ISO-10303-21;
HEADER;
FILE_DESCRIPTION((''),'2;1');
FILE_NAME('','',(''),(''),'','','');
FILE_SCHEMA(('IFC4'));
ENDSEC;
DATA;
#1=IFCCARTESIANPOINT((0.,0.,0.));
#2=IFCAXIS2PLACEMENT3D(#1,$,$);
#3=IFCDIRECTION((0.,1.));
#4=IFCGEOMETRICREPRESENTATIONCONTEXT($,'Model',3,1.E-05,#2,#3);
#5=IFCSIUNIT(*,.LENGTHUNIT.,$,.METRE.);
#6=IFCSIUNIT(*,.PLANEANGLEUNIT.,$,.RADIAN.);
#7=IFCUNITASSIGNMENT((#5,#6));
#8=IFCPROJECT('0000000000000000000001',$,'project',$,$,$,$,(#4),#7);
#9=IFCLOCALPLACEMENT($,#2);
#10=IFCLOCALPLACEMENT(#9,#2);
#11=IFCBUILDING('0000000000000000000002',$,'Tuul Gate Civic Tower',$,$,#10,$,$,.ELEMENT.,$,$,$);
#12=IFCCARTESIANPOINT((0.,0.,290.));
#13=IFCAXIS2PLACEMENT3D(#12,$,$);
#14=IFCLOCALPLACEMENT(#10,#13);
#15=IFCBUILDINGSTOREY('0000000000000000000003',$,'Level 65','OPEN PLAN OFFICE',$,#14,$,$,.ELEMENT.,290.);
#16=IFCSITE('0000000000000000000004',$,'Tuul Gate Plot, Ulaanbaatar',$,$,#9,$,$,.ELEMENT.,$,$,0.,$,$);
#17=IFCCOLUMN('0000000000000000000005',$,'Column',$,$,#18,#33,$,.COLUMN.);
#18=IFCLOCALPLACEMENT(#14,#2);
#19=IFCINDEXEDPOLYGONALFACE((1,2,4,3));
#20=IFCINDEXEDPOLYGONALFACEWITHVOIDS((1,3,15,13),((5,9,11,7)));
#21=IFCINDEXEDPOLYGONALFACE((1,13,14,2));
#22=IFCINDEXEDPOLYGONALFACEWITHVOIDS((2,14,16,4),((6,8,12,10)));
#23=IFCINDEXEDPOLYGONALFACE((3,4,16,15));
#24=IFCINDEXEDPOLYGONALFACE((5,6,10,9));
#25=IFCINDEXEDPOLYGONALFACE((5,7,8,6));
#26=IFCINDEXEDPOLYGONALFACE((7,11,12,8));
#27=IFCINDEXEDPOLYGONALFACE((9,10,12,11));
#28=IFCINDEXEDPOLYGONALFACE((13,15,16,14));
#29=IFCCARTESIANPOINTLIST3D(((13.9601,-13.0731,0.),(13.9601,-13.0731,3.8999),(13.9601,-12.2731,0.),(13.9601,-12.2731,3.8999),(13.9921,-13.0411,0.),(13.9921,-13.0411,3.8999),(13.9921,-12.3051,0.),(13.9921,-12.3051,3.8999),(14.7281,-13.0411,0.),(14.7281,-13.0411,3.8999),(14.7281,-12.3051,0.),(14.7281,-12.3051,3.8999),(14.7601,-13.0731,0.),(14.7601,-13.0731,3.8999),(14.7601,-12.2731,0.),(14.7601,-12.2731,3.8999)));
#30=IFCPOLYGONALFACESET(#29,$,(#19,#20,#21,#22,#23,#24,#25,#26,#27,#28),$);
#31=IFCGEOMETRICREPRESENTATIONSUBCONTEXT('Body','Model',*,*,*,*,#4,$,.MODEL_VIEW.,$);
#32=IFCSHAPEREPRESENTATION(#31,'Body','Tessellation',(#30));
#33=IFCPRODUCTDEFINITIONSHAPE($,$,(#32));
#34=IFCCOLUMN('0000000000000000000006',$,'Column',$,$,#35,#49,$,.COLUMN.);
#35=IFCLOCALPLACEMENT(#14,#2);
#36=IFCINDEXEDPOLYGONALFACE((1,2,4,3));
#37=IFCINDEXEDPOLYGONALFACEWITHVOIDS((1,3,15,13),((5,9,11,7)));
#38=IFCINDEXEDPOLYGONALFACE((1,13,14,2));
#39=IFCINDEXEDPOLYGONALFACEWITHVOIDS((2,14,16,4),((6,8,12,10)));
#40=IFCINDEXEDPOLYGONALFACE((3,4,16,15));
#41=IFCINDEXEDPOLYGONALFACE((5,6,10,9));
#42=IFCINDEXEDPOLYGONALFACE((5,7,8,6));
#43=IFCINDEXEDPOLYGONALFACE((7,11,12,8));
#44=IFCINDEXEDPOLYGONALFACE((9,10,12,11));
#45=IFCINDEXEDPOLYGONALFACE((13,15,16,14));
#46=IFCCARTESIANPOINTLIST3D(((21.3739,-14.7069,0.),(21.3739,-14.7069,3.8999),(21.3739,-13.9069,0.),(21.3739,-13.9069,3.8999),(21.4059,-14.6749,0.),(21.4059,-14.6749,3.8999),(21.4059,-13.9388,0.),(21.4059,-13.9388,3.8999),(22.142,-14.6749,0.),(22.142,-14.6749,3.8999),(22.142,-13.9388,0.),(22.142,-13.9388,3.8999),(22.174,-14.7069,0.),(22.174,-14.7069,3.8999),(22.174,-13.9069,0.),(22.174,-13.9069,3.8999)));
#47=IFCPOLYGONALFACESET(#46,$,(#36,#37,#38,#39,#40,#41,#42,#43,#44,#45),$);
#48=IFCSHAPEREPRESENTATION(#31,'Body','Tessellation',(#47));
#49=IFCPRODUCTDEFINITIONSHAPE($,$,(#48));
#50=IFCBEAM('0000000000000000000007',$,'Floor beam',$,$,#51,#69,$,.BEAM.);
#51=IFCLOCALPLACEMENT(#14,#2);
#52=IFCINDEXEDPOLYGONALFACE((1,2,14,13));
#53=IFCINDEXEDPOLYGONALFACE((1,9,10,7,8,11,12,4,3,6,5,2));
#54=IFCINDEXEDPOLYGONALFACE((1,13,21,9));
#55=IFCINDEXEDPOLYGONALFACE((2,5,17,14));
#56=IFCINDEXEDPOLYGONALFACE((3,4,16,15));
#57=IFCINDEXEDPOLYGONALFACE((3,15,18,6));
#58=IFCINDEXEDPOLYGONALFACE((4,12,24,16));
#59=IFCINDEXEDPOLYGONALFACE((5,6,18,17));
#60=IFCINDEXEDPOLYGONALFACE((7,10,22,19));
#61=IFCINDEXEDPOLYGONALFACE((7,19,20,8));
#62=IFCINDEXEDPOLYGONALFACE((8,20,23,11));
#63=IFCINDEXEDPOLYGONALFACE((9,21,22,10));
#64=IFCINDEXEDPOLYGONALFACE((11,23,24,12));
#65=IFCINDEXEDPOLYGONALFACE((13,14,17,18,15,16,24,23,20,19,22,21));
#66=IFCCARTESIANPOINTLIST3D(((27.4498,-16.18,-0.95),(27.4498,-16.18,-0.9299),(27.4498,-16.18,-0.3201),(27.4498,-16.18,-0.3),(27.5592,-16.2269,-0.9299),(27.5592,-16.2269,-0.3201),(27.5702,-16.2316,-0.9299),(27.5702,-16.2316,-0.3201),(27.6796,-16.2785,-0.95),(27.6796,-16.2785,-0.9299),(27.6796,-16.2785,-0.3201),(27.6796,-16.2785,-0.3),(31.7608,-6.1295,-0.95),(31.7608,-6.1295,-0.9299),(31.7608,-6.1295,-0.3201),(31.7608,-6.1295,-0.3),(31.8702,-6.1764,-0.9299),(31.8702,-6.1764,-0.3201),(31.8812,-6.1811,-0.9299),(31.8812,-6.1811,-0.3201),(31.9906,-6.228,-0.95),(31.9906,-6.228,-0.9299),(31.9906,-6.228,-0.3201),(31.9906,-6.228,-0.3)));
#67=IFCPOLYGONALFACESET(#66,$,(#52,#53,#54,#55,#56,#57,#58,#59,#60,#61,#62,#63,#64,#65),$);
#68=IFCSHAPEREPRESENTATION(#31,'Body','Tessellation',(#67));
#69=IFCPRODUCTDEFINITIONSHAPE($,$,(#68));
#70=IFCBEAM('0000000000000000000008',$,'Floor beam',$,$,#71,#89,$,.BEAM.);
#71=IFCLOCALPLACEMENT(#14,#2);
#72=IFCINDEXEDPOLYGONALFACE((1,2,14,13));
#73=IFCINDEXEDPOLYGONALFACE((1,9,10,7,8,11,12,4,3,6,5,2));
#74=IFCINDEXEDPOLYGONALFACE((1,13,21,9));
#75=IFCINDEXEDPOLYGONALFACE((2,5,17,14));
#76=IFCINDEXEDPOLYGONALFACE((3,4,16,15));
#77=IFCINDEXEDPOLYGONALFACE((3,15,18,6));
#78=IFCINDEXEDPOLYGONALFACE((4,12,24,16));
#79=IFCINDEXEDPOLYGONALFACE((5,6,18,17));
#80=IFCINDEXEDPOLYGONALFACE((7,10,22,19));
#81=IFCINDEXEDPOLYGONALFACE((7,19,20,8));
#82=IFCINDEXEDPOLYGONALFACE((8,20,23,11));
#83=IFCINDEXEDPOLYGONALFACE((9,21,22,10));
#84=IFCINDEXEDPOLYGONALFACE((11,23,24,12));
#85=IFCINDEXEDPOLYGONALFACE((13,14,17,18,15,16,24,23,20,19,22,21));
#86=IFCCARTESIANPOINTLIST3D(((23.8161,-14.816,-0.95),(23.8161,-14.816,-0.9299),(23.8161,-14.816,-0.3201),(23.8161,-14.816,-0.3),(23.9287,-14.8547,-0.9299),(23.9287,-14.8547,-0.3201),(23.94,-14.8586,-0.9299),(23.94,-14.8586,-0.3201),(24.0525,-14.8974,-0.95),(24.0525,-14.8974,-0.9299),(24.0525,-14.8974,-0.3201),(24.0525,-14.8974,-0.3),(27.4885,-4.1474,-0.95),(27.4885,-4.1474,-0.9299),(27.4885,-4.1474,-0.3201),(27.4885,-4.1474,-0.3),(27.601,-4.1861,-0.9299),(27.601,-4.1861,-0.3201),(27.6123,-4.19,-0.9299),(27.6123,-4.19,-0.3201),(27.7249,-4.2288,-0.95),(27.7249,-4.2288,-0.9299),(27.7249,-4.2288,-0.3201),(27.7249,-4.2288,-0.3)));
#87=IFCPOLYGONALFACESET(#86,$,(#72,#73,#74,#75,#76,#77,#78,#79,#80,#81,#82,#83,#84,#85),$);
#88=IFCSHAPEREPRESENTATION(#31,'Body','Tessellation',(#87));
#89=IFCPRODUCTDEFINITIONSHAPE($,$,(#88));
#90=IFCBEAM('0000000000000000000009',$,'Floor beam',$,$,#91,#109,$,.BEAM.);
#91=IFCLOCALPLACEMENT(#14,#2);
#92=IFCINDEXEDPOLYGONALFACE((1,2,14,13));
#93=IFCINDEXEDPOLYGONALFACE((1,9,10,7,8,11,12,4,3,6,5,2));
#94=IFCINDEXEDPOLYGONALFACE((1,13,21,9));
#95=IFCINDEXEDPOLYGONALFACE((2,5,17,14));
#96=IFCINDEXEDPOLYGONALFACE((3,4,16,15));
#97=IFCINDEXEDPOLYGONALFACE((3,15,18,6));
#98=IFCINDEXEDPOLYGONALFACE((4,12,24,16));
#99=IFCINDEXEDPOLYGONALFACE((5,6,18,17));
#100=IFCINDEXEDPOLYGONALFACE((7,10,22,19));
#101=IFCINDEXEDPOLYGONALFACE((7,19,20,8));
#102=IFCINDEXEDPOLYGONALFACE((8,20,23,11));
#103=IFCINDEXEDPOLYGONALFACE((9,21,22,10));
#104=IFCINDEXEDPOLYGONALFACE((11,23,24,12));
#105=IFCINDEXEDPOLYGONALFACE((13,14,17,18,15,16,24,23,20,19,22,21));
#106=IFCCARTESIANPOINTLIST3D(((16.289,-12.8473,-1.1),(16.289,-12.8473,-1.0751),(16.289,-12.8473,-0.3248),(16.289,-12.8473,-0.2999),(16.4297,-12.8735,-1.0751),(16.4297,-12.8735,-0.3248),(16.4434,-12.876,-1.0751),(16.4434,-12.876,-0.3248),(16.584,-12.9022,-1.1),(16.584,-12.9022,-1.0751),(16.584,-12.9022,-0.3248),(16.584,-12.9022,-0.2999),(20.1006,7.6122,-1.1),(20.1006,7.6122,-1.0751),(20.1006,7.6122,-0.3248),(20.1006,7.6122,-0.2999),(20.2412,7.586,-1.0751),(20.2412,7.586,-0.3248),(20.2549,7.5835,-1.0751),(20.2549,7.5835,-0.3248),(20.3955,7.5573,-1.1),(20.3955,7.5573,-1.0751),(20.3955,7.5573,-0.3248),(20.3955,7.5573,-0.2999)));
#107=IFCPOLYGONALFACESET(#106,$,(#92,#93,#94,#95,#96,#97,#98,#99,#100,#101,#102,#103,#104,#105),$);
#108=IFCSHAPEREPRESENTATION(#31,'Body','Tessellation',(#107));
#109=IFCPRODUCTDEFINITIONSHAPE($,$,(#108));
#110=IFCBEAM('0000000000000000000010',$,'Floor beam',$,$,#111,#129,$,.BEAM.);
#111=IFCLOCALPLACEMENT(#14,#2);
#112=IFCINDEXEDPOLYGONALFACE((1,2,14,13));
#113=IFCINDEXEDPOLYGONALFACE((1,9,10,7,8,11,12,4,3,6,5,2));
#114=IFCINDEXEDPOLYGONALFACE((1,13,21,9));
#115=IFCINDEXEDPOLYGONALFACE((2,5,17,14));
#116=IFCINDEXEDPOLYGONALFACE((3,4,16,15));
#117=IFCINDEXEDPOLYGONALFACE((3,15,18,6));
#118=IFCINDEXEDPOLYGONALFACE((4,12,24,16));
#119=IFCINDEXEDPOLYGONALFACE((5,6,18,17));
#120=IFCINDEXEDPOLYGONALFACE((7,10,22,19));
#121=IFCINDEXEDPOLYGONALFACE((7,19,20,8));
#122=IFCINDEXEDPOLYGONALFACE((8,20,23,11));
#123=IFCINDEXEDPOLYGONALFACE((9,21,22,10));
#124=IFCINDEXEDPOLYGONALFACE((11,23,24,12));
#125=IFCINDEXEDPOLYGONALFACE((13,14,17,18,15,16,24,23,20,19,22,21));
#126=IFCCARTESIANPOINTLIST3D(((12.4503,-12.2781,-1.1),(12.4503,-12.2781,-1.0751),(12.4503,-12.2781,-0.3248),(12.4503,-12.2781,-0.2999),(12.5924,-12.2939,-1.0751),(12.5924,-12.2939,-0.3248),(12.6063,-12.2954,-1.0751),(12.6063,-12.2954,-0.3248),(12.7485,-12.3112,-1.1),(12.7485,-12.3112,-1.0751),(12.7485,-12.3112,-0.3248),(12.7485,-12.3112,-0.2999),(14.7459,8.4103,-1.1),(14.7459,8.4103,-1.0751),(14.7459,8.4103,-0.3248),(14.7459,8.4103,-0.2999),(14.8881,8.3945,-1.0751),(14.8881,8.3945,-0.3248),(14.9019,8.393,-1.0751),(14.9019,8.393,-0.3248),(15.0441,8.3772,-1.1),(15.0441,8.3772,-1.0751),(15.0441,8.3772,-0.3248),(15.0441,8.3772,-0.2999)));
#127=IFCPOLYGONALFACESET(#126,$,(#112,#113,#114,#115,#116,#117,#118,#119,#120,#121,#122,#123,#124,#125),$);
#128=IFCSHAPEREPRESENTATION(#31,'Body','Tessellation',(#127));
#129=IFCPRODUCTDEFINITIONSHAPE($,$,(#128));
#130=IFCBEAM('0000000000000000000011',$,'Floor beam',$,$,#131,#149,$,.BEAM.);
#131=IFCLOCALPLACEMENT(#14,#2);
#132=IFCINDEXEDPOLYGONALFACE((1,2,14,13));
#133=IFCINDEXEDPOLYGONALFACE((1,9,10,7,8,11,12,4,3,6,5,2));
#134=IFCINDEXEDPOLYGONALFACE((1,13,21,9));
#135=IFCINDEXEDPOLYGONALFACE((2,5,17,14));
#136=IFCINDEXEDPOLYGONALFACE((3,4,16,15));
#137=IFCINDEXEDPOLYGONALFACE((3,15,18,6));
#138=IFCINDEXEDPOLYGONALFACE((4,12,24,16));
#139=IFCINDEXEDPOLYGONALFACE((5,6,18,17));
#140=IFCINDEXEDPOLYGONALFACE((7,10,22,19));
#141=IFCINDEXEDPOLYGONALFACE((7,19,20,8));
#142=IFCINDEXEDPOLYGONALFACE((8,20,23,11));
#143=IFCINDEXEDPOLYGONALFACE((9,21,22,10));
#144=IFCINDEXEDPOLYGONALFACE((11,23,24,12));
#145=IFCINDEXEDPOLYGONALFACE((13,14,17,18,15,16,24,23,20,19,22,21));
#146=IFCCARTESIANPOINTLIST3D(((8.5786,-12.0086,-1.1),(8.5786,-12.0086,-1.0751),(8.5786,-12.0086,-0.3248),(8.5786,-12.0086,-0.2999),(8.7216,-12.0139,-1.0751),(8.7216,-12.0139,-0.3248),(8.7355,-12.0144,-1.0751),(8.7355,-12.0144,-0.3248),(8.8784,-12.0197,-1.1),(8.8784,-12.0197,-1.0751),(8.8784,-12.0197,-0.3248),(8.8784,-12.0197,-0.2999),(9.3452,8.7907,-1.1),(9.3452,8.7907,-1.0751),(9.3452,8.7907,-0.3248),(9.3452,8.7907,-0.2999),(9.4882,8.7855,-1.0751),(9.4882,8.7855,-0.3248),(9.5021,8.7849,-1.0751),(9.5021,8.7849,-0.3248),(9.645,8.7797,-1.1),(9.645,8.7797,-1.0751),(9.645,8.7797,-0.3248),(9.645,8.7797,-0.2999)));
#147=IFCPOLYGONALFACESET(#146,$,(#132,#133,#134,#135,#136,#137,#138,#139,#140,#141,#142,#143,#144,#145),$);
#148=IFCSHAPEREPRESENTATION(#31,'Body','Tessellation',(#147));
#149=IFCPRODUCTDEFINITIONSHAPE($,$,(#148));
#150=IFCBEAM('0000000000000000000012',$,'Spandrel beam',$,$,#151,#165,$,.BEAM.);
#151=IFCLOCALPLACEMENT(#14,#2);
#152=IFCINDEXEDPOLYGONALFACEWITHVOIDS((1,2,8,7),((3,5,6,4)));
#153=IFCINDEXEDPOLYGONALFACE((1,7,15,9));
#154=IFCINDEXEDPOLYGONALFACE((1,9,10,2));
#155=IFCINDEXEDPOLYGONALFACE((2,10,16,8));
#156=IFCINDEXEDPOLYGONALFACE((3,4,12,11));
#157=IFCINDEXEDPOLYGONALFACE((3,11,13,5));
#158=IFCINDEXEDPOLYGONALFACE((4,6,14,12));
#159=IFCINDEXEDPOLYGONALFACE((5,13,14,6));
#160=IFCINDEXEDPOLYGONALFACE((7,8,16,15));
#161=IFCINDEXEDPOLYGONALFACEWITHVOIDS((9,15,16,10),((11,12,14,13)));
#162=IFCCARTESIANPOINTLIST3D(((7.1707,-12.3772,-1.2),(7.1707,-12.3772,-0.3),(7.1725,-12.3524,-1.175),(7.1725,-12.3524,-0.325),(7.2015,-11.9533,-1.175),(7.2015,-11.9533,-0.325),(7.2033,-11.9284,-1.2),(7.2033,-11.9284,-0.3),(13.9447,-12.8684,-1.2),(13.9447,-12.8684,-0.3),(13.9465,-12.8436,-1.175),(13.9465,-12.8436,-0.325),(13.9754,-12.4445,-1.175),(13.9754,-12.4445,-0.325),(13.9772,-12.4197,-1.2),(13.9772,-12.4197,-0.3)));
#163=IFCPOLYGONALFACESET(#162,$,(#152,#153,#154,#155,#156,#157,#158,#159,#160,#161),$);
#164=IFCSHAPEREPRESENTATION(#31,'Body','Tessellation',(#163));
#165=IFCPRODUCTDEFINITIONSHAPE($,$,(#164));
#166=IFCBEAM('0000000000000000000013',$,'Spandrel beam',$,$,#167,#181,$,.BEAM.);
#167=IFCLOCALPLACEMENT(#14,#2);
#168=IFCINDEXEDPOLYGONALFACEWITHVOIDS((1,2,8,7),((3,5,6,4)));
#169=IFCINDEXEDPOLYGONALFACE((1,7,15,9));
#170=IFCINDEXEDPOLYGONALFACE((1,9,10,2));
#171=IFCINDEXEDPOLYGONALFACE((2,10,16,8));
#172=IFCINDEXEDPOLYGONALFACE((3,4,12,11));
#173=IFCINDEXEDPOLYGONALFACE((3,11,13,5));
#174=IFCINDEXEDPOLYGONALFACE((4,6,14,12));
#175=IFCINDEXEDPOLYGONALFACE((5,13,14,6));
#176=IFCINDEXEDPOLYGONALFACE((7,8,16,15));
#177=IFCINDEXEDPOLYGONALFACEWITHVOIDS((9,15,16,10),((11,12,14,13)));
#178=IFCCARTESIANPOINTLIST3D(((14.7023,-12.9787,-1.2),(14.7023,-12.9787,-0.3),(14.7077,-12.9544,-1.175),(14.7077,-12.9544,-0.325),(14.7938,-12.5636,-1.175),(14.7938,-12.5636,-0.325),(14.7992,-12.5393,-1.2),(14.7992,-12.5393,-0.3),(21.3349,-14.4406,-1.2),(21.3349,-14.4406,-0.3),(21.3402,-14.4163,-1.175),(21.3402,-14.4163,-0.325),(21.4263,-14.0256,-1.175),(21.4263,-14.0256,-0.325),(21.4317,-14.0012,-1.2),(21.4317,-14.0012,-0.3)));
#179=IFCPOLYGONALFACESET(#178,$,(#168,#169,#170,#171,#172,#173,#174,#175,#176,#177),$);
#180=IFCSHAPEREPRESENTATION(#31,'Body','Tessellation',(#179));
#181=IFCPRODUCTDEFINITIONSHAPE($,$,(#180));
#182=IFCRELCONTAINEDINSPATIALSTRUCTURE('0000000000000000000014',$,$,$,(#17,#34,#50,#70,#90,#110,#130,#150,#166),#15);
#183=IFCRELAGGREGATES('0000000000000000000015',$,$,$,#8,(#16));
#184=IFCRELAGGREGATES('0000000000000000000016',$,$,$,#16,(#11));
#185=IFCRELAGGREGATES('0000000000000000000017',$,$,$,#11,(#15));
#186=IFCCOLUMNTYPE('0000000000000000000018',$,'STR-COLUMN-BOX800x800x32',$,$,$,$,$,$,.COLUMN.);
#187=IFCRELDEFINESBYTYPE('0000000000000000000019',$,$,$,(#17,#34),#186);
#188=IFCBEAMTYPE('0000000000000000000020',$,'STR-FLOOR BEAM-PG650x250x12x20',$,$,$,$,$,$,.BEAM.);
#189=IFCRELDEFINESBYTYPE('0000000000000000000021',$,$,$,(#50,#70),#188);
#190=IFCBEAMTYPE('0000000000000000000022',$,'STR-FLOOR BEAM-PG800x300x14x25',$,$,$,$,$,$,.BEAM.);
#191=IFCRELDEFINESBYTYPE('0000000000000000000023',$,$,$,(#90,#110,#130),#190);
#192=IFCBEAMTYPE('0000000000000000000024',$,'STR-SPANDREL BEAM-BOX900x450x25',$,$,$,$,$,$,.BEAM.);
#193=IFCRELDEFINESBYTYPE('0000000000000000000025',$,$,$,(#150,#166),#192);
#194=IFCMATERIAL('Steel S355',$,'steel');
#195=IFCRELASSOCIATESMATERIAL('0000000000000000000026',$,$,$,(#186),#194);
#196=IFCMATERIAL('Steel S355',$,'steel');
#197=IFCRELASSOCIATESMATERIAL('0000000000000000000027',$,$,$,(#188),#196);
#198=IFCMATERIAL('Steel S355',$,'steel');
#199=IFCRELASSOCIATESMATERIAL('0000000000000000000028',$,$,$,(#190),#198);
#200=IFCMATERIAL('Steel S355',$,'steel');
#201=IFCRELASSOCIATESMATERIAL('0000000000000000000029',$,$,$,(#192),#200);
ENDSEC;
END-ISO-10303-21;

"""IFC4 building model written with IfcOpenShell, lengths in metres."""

from ifc_helpers import new_model, si_unit, direction, frame, origin, origin_2d, place, context, subcontext, project, spatial, hollow_rectangle, i_section, extrude, material, material_profile, profile_set, type_object, element, save


model = new_model("IFC4")

# Units and contexts
model_context = context("Model", 3, precision=1e-05, world=origin(), true_north=direction((0.0, 1.0)))
body_context = subcontext(model_context, "Body", "Model", "MODEL_VIEW")
ifc_project = project(units=[si_unit("LENGTHUNIT", "METRE"), si_unit("PLANEANGLEUNIT", "RADIAN")], contexts=[model_context])

# Site, building, storey
site_placement = place(None, origin())
site = spatial("IfcSite", under=ifc_project, at=site_placement, Name="Tuul Gate Plot, Ulaanbaatar", CompositionType="ELEMENT", RefElevation=0.0)
building_placement = place(site_placement, origin())
building = spatial("IfcBuilding", under=site, at=building_placement, Name="Tuul Gate Civic Tower", CompositionType="ELEMENT")
storey_placement = place(building_placement, frame((0.0, 0.0, 290.0)))
storey = spatial("IfcBuildingStorey", under=building, at=storey_placement, Name="Level 65", Description="OPEN PLAN OFFICE", CompositionType="ELEMENT", Elevation=290.0)

# Columns
ifc_material_1 = material(Name="Steel S355", Category="steel")
ifc_material_profile_1 = material_profile(ifc_material_1, hollow_rectangle(XDim=0.8, YDim=0.8, WallThickness=0.032, at=origin_2d()), Name="BOX800x800x32")
ifc_profile_set_1 = profile_set([ifc_material_profile_1], Name="Steel S355")
column_type = type_object("IfcColumnType", Name="STR-COLUMN-BOX800x800x32", PredefinedType="COLUMN", material=ifc_profile_set_1)
for number, where, z_axis, x_axis, name in (
    (1, (14.3601, -12.6731, 0.0), (0.0, 0.0, 1.0), (1.0, 0.0, 0.0), "Column"),
    (2, (21.7739, -14.3069, 0.0), (0.0, 0.0, 1.0), (1.0, 0.0, 0.0), "Column"),
):
    element("IfcColumn", number, at=place(storey_placement, frame(where, z_axis=z_axis, x_axis=x_axis)), inside=storey, type_object=column_type, Name=name, PredefinedType="COLUMN", context=body_context, shape_type="SweptSolid", body=[
        extrude(hollow_rectangle(XDim=0.8, YDim=0.8, WallThickness=0.032, at=origin_2d()), origin(), (0.0, 0.0, 1.0), 3.8999),
    ])

# Beams
ifc_material_2 = material(Name="Steel S355", Category="steel")
ifc_material_profile_2 = material_profile(ifc_material_2, i_section(OverallWidth=0.25, OverallDepth=0.6499, WebThickness=0.012, FlangeThickness=0.02, at=origin_2d()), Name="PG650x250x12x20")
ifc_profile_set_2 = profile_set([ifc_material_profile_2], Name="Steel S355")
beam_type_1 = type_object("IfcBeamType", Name="STR-FLOOR BEAM-PG650x250x12x20", PredefinedType="BEAM", material=ifc_profile_set_2)
beam_1_placement = place(storey_placement, frame((27.5647, -16.2292, -0.625), z_axis=(0.394202, 0.919024, 0.0), x_axis=(-0.919024, 0.394202, 0.0)))
element("IfcBeam", 3, at=beam_1_placement, inside=storey, type_object=beam_type_1, Name="Floor beam", PredefinedType="BEAM", context=body_context, shape_type="SweptSolid", body=[
    extrude(i_section(OverallWidth=0.25, OverallDepth=0.6499, WebThickness=0.012, FlangeThickness=0.02, at=origin_2d()), origin(), (0.0, 0.0, 1.0), 10.936),
])
beam_2_placement = place(storey_placement, frame((23.9343, -14.8567, -0.625), z_axis=(0.325476, 0.94555, 0.0), x_axis=(-0.94555, 0.325476, 0.0)))
element("IfcBeam", 4, at=beam_2_placement, inside=storey, type_object=beam_type_1, Name="Floor beam", PredefinedType="BEAM", context=body_context, shape_type="SweptSolid", body=[
    extrude(i_section(OverallWidth=0.25, OverallDepth=0.6499, WebThickness=0.012, FlangeThickness=0.02, at=origin_2d()), origin(), (0.0, 0.0, 1.0), 11.283),
])
ifc_material_3 = material(Name="Steel S355", Category="steel")
ifc_material_profile_3 = material_profile(ifc_material_3, i_section(OverallWidth=0.3, OverallDepth=0.8, WebThickness=0.0139, FlangeThickness=0.0249, at=origin_2d()), Name="PG800x300x14x25")
ifc_profile_set_3 = profile_set([ifc_material_profile_3], Name="Steel S355")
beam_type_2 = type_object("IfcBeamType", Name="STR-FLOOR BEAM-PG800x300x14x25", PredefinedType="BEAM", material=ifc_profile_set_3)
beam_3_placement = place(storey_placement, frame((16.4365, -12.8748, -0.7), z_axis=(0.183145, 0.983086, 0.0), x_axis=(-0.983086, 0.183145, 0.0)))
element("IfcBeam", 5, at=beam_3_placement, inside=storey, type_object=beam_type_2, Name="Floor beam", PredefinedType="BEAM", context=body_context, shape_type="SweptSolid", body=[
    extrude(i_section(OverallWidth=0.3, OverallDepth=0.8, WebThickness=0.0139, FlangeThickness=0.0249, at=origin_2d()), origin(), (0.0, 0.0, 1.0), 20.8115),
])
beam_4_placement = place(storey_placement, frame((12.5994, -12.2947, -0.7), z_axis=(0.110286, 0.9939, 0.0), x_axis=(-0.9939, 0.110286, 0.0)))
element("IfcBeam", 6, at=beam_4_placement, inside=storey, type_object=beam_type_2, Name="Floor beam", PredefinedType="BEAM", context=body_context, shape_type="SweptSolid", body=[
    extrude(i_section(OverallWidth=0.3, OverallDepth=0.8, WebThickness=0.0139, FlangeThickness=0.0249, at=origin_2d()), origin(), (0.0, 0.0, 1.0), 20.8154),
])
beam_5_placement = place(storey_placement, frame((8.7285, -12.0142, -0.7), z_axis=(0.036832, 0.999321, 0.0), x_axis=(-0.999321, 0.036832, 0.0)))
element("IfcBeam", 7, at=beam_5_placement, inside=storey, type_object=beam_type_2, Name="Floor beam", PredefinedType="BEAM", context=body_context, shape_type="SweptSolid", body=[
    extrude(i_section(OverallWidth=0.3, OverallDepth=0.8, WebThickness=0.0139, FlangeThickness=0.0249, at=origin_2d()), origin(), (0.0, 0.0, 1.0), 20.8135),
])
ifc_material_4 = material(Name="Steel S355", Category="steel")
ifc_material_profile_4 = material_profile(ifc_material_4, hollow_rectangle(XDim=0.45, YDim=0.8999, WallThickness=0.0249, at=origin_2d()), Name="BOX900x450x25")
ifc_profile_set_4 = profile_set([ifc_material_profile_4], Name="Steel S355")
beam_type_3 = type_object("IfcBeamType", Name="STR-SPANDREL BEAM-BOX900x450x25", PredefinedType="BEAM", material=ifc_profile_set_4)
for number, where, z_axis, x_axis, name in (
    (8, (7.187, -12.1528, -0.75), (0.997381, -0.072325, 0.0), (0.072325, 0.997381, 0.0), "Spandrel beam"),
    (9, (14.7507, -12.759, -0.75), (0.976559, -0.215248, 0.0), (0.215248, 0.976559, 0.0), "Spandrel beam"),
):
    element("IfcBeam", number, at=place(storey_placement, frame(where, z_axis=z_axis, x_axis=x_axis)), inside=storey, type_object=beam_type_3, Name=name, PredefinedType="BEAM", context=body_context, shape_type="SweptSolid", body=[
        extrude(hollow_rectangle(XDim=0.45, YDim=0.8999, WallThickness=0.0249, at=origin_2d()), origin(), (0.0, 0.0, 1.0), 6.7917),
    ])

save(model, "model.ifc")
